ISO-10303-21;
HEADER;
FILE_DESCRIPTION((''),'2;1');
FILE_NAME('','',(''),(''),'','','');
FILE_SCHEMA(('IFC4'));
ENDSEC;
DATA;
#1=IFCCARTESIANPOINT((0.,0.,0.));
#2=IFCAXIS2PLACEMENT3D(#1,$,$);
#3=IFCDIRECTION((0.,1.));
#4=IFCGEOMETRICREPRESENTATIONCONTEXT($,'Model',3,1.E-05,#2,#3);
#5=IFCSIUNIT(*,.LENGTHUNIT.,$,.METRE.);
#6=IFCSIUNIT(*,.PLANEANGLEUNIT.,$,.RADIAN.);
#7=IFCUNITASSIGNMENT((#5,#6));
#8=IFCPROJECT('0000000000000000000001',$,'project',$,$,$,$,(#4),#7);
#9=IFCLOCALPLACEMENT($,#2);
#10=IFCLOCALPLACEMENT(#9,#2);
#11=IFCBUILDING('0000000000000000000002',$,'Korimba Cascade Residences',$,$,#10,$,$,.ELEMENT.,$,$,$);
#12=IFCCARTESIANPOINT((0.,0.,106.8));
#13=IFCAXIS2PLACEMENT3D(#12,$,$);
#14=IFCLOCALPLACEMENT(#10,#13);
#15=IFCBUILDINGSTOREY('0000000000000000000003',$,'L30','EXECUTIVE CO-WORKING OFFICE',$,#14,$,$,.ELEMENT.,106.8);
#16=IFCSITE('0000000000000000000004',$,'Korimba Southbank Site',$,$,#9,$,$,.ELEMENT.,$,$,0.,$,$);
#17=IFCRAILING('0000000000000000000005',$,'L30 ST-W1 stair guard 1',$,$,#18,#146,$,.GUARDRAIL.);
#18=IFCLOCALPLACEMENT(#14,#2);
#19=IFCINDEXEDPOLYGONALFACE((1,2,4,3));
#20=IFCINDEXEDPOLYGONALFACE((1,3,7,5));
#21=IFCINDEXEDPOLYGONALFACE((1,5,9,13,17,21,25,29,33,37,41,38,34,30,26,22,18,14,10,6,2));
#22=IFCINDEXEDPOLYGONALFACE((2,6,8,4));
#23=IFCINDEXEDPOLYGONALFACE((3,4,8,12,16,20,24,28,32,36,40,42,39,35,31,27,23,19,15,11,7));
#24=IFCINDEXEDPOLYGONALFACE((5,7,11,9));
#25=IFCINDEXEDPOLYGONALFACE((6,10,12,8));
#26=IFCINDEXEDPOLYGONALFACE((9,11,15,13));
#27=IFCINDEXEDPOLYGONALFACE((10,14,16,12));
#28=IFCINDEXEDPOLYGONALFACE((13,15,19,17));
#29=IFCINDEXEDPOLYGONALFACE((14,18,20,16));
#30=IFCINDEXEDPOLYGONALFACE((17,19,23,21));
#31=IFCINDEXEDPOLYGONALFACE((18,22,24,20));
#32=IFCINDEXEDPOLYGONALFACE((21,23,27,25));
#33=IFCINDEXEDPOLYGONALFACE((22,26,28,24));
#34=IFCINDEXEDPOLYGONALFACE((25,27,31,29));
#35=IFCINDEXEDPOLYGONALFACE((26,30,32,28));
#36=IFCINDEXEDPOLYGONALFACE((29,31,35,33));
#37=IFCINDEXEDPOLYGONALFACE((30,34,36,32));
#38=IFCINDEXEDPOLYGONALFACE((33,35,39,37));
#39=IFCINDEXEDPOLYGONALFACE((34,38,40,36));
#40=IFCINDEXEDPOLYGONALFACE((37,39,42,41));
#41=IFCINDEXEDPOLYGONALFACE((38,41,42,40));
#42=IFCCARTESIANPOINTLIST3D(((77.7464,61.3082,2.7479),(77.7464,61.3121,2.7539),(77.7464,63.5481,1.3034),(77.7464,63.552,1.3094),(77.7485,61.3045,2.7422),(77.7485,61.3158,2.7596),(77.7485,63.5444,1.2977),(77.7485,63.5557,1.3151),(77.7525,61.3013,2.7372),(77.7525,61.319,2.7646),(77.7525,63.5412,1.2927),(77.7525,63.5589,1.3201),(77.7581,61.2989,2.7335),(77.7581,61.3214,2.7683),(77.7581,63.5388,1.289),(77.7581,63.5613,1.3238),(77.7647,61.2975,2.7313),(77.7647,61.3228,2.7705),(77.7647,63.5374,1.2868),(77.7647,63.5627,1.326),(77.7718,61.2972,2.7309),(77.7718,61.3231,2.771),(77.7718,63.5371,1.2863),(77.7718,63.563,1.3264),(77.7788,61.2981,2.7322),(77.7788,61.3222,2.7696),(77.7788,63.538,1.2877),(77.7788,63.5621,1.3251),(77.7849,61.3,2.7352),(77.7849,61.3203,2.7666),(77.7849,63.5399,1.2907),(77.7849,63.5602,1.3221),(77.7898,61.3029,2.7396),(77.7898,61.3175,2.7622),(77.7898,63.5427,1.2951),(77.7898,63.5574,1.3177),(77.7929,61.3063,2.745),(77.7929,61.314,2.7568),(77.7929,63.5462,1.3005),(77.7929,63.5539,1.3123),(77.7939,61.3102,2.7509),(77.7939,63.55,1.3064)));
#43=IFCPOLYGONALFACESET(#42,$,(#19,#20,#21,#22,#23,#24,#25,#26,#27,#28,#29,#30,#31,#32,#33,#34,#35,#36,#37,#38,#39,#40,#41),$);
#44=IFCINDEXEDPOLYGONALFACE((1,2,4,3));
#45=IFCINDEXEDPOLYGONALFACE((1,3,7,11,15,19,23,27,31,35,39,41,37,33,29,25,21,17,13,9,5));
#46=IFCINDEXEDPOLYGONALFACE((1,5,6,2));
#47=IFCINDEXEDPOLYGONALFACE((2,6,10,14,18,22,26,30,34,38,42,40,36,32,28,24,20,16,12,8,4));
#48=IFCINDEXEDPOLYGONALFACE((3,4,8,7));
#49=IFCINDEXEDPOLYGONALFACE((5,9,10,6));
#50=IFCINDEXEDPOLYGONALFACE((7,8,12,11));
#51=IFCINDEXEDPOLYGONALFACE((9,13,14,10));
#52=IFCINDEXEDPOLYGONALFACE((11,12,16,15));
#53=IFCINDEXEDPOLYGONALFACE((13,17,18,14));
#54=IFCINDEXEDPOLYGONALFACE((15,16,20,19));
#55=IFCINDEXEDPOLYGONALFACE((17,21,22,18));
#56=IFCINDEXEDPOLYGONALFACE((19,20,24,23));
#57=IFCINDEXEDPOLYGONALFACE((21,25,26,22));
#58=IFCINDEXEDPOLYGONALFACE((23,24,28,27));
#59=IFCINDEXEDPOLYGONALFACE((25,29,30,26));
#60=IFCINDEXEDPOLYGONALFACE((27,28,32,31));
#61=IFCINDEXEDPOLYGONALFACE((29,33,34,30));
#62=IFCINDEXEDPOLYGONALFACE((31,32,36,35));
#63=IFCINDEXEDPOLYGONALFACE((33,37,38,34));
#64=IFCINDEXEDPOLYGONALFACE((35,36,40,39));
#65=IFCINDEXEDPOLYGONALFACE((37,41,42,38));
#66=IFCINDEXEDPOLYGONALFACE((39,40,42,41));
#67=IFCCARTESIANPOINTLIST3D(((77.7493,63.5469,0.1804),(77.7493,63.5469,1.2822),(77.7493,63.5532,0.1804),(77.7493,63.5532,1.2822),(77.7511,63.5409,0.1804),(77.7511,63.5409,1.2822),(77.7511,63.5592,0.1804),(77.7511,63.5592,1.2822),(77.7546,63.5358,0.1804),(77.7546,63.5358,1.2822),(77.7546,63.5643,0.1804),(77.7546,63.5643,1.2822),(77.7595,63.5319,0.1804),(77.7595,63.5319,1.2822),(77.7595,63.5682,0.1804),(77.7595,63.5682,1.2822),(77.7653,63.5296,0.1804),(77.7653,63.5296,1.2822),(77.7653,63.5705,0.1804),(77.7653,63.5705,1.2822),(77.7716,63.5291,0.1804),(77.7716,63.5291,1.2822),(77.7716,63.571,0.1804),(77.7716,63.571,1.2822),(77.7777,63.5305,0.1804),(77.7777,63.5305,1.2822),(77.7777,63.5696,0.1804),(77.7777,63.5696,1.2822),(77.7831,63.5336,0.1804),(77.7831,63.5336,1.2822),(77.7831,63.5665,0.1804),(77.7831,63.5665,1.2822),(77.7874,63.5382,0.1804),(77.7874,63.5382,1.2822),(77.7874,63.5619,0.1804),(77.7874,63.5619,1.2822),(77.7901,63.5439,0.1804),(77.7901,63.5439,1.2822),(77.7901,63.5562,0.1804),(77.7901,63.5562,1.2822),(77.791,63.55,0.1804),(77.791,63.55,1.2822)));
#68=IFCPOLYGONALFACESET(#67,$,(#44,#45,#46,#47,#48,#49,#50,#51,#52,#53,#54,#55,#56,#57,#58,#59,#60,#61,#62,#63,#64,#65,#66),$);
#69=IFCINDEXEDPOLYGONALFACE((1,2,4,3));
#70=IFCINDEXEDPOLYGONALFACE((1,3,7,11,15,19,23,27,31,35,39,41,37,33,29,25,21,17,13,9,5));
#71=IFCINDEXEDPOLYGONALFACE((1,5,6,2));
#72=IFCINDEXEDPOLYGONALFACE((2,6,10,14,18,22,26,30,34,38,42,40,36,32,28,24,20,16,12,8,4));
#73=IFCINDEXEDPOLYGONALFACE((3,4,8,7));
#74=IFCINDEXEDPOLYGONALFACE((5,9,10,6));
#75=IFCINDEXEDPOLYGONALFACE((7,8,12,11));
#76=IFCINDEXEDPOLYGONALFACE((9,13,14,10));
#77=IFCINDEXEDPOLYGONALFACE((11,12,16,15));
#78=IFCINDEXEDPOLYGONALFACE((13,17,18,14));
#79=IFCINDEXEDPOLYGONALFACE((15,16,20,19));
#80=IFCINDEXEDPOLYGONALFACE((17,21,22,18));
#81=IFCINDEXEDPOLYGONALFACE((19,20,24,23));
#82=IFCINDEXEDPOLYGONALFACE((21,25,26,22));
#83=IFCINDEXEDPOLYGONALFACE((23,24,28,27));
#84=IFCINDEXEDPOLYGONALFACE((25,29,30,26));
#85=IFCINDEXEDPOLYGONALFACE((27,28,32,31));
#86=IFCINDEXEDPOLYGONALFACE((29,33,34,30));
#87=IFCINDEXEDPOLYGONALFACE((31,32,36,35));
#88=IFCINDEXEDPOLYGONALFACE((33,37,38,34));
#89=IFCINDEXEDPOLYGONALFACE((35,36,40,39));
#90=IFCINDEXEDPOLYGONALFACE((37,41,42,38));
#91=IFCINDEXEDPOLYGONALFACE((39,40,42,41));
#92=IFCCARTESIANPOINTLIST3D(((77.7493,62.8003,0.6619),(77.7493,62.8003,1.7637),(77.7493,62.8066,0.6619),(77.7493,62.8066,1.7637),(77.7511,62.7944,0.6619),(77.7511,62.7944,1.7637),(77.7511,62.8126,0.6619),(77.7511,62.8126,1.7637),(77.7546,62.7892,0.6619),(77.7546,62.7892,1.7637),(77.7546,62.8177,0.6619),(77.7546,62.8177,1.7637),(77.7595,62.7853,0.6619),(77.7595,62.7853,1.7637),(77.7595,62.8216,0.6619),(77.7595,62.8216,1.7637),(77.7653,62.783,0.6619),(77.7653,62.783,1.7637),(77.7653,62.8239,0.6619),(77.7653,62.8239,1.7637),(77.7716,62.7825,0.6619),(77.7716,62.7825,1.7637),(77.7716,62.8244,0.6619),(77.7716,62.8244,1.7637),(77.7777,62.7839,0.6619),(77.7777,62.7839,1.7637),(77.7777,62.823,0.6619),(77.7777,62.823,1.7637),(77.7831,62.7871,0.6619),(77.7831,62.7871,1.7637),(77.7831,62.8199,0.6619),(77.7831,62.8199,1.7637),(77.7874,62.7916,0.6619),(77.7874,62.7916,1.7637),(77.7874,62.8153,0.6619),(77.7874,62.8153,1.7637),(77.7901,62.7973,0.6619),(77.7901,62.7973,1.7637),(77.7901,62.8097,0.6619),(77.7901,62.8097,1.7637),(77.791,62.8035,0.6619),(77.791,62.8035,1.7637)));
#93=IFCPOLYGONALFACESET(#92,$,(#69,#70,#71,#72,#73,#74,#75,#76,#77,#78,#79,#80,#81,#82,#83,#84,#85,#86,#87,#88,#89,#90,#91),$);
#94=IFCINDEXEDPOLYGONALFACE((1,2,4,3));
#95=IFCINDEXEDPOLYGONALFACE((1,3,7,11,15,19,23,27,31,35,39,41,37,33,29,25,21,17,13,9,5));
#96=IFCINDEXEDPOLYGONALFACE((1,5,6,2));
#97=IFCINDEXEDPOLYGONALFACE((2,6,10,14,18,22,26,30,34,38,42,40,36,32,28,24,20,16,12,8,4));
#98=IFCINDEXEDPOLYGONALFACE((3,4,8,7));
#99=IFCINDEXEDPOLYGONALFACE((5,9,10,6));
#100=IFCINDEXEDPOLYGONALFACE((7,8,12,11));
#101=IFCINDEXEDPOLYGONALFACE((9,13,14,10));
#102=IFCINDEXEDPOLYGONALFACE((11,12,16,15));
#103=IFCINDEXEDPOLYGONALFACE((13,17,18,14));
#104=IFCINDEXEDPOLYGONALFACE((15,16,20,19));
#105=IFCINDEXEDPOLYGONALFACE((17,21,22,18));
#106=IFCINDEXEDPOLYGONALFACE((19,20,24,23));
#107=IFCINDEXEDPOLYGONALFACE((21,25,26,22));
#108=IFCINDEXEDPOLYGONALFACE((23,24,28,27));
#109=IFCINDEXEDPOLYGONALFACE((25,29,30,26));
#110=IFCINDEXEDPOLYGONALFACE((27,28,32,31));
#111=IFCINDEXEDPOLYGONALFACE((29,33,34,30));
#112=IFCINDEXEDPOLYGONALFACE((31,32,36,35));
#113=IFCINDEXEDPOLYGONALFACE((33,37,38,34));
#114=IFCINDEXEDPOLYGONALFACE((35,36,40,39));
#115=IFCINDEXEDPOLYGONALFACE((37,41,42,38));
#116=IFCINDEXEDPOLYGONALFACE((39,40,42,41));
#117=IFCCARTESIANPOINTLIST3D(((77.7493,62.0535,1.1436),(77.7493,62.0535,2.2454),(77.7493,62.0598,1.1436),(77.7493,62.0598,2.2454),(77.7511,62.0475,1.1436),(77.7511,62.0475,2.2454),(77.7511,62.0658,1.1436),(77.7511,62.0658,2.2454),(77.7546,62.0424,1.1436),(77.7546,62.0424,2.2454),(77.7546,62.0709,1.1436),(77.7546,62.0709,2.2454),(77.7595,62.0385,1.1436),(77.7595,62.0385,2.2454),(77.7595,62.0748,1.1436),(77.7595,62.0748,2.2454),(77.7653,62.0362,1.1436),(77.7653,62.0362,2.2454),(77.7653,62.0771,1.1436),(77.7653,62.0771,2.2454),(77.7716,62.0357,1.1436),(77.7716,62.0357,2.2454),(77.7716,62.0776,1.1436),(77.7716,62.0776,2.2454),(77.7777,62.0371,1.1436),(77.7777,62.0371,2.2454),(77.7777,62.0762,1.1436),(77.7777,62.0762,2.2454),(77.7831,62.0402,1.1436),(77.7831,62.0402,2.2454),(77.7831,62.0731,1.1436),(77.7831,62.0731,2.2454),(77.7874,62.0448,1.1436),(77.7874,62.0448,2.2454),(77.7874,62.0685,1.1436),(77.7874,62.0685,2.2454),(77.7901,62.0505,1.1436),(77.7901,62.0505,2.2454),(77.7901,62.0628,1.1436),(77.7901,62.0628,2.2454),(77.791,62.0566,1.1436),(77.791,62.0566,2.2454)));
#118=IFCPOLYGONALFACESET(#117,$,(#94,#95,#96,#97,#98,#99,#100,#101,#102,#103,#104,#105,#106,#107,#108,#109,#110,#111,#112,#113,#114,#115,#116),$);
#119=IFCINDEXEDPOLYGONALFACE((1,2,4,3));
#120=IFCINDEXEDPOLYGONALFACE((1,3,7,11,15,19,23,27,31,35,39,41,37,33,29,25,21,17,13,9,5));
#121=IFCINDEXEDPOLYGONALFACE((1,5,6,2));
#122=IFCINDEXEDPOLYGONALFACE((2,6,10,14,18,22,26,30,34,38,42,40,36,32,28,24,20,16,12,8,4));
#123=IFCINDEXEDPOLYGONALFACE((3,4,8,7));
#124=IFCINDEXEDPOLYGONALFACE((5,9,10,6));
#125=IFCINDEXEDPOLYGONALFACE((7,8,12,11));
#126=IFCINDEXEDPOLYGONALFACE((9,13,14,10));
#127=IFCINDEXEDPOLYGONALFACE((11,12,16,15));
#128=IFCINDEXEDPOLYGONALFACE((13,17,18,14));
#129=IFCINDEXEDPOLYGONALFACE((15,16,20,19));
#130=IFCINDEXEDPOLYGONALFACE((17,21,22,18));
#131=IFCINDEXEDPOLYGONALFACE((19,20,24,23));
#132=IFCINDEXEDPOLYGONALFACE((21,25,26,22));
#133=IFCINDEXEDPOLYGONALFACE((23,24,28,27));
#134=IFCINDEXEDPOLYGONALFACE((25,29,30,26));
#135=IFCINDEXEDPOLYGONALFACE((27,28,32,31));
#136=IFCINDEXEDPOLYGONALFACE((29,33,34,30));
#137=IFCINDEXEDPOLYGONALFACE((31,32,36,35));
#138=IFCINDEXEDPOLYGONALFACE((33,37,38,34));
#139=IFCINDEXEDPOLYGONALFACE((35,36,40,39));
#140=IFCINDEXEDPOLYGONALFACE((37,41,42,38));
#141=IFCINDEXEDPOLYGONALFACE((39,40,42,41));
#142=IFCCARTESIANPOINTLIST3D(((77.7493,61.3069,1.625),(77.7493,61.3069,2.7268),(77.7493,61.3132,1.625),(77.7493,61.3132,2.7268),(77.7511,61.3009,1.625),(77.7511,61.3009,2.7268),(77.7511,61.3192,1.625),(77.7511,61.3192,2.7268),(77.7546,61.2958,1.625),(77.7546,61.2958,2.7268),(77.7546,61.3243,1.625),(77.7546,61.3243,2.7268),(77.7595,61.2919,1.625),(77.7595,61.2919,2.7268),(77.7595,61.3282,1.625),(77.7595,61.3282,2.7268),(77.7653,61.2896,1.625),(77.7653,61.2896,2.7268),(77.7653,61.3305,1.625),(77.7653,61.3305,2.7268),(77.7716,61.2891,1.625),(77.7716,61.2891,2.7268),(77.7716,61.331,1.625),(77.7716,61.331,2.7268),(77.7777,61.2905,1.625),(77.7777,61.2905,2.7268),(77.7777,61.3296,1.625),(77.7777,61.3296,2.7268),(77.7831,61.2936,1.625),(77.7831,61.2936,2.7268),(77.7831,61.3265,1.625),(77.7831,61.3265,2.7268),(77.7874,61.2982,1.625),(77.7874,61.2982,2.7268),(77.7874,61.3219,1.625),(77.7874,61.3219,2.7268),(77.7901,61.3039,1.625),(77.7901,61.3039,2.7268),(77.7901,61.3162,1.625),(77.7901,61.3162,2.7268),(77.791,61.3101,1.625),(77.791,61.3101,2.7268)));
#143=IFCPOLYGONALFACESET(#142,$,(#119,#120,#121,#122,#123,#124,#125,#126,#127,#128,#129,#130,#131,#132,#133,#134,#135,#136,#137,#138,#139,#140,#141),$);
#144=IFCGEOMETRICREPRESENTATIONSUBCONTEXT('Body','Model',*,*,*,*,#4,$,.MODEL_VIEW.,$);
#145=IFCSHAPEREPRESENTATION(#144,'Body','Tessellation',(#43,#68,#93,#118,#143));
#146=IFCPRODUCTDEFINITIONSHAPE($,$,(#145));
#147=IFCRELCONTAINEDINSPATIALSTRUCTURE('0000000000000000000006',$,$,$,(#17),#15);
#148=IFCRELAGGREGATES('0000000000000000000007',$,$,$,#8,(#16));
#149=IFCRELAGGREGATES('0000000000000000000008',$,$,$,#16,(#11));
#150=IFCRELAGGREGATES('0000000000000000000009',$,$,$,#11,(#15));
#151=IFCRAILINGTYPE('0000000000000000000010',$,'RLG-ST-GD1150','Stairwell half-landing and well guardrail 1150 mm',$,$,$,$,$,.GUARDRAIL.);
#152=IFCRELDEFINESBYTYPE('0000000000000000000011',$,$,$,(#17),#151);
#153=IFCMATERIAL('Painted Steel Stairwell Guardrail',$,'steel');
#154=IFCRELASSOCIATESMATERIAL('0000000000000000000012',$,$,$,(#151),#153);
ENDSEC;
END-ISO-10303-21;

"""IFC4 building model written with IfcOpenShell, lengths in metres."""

from ifc_helpers import new_model, si_unit, direction, frame, origin, origin_2d, place, context, subcontext, project, spatial, circle, extrude, material, type_object, element, save


model = new_model("IFC4")

# Units and contexts
model_context = context("Model", 3, precision=1e-05, world=origin(), true_north=direction((0.0, 1.0)))
body_context = subcontext(model_context, "Body", "Model", "MODEL_VIEW")
ifc_project = project(units=[si_unit("LENGTHUNIT", "METRE"), si_unit("PLANEANGLEUNIT", "RADIAN")], contexts=[model_context])

# Site, building, storey
site_placement = place(None, origin())
site = spatial("IfcSite", under=ifc_project, at=site_placement, Name="Korimba Southbank Site", CompositionType="ELEMENT", RefElevation=0.0)
building_placement = place(site_placement, origin())
building = spatial("IfcBuilding", under=site, at=building_placement, Name="Korimba Cascade Residences", CompositionType="ELEMENT")
storey_placement = place(building_placement, frame((0.0, 0.0, 106.8)))
storey = spatial("IfcBuildingStorey", under=building, at=storey_placement, Name="L30", Description="EXECUTIVE CO-WORKING OFFICE", CompositionType="ELEMENT", Elevation=106.8)

# Railing
ifc_material_1 = material(Name="Painted Steel Stairwell Guardrail", Category="steel")
railing_type_1 = type_object("IfcRailingType", Name="RLG-ST-GD1150", Description="Stairwell half-landing and well guardrail 1150 mm", PredefinedType="GUARDRAIL", material=ifc_material_1)
railing_1_placement = place(storey_placement, frame((77.77, 63.55, 0.1804)))
element("IfcRailing", 1, at=railing_1_placement, inside=storey, type_object=railing_type_1, Name="L30 ST-W1 stair guard 1", PredefinedType="GUARDRAIL", context=body_context, shape_type="SweptSolid", body=[
    extrude(circle(Radius=0.0239, at=origin_2d()), frame((0.0, 0.0, 1.126), z_axis=(0.0, -0.840395, 0.541975), x_axis=(1.0, 0.0, 0.0)), (0.0, 0.0, 1.0), 2.6653),
    extrude(circle(Radius=0.021, at=origin_2d()), origin(), (0.0, 0.0, 1.0), 1.1018),
    extrude(circle(Radius=0.021, at=origin_2d()), frame((0.0, -0.7466, 0.4814)), (0.0, 0.0, 1.0), 1.1018),
    extrude(circle(Radius=0.021, at=origin_2d()), frame((0.0, -1.4934, 0.9631)), (0.0, 0.0, 1.0), 1.1018),
    extrude(circle(Radius=0.021, at=origin_2d()), frame((0.0, -2.24, 1.4446)), (0.0, 0.0, 1.0), 1.1018),
])

save(model, "model.ifc")
